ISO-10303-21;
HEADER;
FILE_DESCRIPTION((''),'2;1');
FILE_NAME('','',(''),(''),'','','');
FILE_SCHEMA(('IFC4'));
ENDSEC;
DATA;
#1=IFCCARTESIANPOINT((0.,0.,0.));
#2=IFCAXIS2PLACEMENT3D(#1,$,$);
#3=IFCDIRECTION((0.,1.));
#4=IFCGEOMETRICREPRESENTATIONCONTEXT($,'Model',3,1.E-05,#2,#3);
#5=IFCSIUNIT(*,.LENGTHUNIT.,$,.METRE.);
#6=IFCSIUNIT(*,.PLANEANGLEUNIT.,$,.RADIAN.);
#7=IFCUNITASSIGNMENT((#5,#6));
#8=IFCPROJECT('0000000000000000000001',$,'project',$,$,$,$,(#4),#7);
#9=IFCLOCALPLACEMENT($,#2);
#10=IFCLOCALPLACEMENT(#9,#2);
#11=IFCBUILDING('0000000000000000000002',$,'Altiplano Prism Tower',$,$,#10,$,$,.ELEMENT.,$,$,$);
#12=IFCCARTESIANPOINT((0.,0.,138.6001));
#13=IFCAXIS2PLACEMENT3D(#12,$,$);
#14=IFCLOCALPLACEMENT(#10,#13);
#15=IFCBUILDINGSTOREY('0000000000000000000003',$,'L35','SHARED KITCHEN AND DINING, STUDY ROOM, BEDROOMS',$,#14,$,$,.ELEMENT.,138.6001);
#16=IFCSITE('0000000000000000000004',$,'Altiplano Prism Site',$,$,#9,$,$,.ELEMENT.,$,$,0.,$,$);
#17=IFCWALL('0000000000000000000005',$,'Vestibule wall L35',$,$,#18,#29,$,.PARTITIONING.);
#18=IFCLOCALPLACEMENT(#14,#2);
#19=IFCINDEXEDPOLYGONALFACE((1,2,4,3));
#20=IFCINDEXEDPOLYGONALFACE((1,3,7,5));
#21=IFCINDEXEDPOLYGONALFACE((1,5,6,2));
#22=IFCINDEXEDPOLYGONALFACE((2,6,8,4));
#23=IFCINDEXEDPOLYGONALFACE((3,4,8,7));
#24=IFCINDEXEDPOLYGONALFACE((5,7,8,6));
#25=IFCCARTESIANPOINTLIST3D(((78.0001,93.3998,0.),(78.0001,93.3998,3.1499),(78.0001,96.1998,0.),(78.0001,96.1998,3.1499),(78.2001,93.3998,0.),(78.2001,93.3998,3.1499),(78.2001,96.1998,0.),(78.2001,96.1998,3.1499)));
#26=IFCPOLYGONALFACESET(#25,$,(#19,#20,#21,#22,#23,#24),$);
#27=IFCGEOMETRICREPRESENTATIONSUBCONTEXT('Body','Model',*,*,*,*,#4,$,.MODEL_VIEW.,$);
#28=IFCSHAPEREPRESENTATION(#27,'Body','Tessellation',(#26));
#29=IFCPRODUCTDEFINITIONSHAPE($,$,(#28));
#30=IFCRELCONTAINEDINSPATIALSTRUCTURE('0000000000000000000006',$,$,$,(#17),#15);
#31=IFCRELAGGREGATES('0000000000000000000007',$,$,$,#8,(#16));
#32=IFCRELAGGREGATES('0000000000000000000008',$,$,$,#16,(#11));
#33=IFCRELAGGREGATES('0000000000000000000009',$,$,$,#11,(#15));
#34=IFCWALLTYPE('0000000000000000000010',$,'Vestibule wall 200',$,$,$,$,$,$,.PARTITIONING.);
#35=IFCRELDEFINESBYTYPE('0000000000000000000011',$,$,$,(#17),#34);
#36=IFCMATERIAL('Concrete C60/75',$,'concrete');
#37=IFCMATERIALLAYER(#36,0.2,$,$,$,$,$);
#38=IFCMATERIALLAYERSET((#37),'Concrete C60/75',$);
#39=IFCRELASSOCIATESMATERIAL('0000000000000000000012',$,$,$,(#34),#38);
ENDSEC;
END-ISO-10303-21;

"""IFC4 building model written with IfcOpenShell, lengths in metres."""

from ifc_helpers import new_model, si_unit, direction, frame, frame_2d, origin, place, context, subcontext, project, spatial, rectangle, extrude, material, layer, layer_set, type_object, element, save


model = new_model("IFC4")

# Units and contexts
model_context = context("Model", 3, precision=1e-05, world=origin(), true_north=direction((0.0, 1.0)))
body_context = subcontext(model_context, "Body", "Model", "MODEL_VIEW")
ifc_project = project(units=[si_unit("LENGTHUNIT", "METRE"), si_unit("PLANEANGLEUNIT", "RADIAN")], contexts=[model_context])

# Site, building, storey
site_placement = place(None, origin())
site = spatial("IfcSite", under=ifc_project, at=site_placement, Name="Altiplano Prism Site", CompositionType="ELEMENT", RefElevation=0.0)
building_placement = place(site_placement, origin())
building = spatial("IfcBuilding", under=site, at=building_placement, Name="Altiplano Prism Tower", CompositionType="ELEMENT")
storey_placement = place(building_placement, frame((0.0, 0.0, 138.6001)))
storey = spatial("IfcBuildingStorey", under=building, at=storey_placement, Name="L35", Description="SHARED KITCHEN AND DINING, STUDY ROOM, BEDROOMS", CompositionType="ELEMENT", Elevation=138.6001)

# Shared definitions
ifc_material_1 = material(Name="Concrete C60/75", Category="concrete")

# Wall
ifc_layer_1 = layer(ifc_material_1, 0.2)
ifc_layer_set_1 = layer_set([ifc_layer_1], Name="Concrete C60/75")
wall_type_1 = type_object("IfcWallType", Name="Vestibule wall 200", PredefinedType="PARTITIONING", material=ifc_layer_set_1)
wall_1_placement = place(storey_placement, frame((78.1001, 93.3999, 0.0), z_axis=(0.0, 0.0, 1.0), x_axis=(0.0, 1.0, 0.0)))
element("IfcWall", 1, at=wall_1_placement, inside=storey, type_object=wall_type_1, Name="Vestibule wall L35", PredefinedType="PARTITIONING", context=body_context, shape_type="SweptSolid", body=[
    extrude(rectangle(XDim=2.8, YDim=0.2, at=frame_2d((1.3999, 0.0))), origin(), (0.0, 0.0, 1.0), 3.1499),
])

save(model, "model.ifc")
